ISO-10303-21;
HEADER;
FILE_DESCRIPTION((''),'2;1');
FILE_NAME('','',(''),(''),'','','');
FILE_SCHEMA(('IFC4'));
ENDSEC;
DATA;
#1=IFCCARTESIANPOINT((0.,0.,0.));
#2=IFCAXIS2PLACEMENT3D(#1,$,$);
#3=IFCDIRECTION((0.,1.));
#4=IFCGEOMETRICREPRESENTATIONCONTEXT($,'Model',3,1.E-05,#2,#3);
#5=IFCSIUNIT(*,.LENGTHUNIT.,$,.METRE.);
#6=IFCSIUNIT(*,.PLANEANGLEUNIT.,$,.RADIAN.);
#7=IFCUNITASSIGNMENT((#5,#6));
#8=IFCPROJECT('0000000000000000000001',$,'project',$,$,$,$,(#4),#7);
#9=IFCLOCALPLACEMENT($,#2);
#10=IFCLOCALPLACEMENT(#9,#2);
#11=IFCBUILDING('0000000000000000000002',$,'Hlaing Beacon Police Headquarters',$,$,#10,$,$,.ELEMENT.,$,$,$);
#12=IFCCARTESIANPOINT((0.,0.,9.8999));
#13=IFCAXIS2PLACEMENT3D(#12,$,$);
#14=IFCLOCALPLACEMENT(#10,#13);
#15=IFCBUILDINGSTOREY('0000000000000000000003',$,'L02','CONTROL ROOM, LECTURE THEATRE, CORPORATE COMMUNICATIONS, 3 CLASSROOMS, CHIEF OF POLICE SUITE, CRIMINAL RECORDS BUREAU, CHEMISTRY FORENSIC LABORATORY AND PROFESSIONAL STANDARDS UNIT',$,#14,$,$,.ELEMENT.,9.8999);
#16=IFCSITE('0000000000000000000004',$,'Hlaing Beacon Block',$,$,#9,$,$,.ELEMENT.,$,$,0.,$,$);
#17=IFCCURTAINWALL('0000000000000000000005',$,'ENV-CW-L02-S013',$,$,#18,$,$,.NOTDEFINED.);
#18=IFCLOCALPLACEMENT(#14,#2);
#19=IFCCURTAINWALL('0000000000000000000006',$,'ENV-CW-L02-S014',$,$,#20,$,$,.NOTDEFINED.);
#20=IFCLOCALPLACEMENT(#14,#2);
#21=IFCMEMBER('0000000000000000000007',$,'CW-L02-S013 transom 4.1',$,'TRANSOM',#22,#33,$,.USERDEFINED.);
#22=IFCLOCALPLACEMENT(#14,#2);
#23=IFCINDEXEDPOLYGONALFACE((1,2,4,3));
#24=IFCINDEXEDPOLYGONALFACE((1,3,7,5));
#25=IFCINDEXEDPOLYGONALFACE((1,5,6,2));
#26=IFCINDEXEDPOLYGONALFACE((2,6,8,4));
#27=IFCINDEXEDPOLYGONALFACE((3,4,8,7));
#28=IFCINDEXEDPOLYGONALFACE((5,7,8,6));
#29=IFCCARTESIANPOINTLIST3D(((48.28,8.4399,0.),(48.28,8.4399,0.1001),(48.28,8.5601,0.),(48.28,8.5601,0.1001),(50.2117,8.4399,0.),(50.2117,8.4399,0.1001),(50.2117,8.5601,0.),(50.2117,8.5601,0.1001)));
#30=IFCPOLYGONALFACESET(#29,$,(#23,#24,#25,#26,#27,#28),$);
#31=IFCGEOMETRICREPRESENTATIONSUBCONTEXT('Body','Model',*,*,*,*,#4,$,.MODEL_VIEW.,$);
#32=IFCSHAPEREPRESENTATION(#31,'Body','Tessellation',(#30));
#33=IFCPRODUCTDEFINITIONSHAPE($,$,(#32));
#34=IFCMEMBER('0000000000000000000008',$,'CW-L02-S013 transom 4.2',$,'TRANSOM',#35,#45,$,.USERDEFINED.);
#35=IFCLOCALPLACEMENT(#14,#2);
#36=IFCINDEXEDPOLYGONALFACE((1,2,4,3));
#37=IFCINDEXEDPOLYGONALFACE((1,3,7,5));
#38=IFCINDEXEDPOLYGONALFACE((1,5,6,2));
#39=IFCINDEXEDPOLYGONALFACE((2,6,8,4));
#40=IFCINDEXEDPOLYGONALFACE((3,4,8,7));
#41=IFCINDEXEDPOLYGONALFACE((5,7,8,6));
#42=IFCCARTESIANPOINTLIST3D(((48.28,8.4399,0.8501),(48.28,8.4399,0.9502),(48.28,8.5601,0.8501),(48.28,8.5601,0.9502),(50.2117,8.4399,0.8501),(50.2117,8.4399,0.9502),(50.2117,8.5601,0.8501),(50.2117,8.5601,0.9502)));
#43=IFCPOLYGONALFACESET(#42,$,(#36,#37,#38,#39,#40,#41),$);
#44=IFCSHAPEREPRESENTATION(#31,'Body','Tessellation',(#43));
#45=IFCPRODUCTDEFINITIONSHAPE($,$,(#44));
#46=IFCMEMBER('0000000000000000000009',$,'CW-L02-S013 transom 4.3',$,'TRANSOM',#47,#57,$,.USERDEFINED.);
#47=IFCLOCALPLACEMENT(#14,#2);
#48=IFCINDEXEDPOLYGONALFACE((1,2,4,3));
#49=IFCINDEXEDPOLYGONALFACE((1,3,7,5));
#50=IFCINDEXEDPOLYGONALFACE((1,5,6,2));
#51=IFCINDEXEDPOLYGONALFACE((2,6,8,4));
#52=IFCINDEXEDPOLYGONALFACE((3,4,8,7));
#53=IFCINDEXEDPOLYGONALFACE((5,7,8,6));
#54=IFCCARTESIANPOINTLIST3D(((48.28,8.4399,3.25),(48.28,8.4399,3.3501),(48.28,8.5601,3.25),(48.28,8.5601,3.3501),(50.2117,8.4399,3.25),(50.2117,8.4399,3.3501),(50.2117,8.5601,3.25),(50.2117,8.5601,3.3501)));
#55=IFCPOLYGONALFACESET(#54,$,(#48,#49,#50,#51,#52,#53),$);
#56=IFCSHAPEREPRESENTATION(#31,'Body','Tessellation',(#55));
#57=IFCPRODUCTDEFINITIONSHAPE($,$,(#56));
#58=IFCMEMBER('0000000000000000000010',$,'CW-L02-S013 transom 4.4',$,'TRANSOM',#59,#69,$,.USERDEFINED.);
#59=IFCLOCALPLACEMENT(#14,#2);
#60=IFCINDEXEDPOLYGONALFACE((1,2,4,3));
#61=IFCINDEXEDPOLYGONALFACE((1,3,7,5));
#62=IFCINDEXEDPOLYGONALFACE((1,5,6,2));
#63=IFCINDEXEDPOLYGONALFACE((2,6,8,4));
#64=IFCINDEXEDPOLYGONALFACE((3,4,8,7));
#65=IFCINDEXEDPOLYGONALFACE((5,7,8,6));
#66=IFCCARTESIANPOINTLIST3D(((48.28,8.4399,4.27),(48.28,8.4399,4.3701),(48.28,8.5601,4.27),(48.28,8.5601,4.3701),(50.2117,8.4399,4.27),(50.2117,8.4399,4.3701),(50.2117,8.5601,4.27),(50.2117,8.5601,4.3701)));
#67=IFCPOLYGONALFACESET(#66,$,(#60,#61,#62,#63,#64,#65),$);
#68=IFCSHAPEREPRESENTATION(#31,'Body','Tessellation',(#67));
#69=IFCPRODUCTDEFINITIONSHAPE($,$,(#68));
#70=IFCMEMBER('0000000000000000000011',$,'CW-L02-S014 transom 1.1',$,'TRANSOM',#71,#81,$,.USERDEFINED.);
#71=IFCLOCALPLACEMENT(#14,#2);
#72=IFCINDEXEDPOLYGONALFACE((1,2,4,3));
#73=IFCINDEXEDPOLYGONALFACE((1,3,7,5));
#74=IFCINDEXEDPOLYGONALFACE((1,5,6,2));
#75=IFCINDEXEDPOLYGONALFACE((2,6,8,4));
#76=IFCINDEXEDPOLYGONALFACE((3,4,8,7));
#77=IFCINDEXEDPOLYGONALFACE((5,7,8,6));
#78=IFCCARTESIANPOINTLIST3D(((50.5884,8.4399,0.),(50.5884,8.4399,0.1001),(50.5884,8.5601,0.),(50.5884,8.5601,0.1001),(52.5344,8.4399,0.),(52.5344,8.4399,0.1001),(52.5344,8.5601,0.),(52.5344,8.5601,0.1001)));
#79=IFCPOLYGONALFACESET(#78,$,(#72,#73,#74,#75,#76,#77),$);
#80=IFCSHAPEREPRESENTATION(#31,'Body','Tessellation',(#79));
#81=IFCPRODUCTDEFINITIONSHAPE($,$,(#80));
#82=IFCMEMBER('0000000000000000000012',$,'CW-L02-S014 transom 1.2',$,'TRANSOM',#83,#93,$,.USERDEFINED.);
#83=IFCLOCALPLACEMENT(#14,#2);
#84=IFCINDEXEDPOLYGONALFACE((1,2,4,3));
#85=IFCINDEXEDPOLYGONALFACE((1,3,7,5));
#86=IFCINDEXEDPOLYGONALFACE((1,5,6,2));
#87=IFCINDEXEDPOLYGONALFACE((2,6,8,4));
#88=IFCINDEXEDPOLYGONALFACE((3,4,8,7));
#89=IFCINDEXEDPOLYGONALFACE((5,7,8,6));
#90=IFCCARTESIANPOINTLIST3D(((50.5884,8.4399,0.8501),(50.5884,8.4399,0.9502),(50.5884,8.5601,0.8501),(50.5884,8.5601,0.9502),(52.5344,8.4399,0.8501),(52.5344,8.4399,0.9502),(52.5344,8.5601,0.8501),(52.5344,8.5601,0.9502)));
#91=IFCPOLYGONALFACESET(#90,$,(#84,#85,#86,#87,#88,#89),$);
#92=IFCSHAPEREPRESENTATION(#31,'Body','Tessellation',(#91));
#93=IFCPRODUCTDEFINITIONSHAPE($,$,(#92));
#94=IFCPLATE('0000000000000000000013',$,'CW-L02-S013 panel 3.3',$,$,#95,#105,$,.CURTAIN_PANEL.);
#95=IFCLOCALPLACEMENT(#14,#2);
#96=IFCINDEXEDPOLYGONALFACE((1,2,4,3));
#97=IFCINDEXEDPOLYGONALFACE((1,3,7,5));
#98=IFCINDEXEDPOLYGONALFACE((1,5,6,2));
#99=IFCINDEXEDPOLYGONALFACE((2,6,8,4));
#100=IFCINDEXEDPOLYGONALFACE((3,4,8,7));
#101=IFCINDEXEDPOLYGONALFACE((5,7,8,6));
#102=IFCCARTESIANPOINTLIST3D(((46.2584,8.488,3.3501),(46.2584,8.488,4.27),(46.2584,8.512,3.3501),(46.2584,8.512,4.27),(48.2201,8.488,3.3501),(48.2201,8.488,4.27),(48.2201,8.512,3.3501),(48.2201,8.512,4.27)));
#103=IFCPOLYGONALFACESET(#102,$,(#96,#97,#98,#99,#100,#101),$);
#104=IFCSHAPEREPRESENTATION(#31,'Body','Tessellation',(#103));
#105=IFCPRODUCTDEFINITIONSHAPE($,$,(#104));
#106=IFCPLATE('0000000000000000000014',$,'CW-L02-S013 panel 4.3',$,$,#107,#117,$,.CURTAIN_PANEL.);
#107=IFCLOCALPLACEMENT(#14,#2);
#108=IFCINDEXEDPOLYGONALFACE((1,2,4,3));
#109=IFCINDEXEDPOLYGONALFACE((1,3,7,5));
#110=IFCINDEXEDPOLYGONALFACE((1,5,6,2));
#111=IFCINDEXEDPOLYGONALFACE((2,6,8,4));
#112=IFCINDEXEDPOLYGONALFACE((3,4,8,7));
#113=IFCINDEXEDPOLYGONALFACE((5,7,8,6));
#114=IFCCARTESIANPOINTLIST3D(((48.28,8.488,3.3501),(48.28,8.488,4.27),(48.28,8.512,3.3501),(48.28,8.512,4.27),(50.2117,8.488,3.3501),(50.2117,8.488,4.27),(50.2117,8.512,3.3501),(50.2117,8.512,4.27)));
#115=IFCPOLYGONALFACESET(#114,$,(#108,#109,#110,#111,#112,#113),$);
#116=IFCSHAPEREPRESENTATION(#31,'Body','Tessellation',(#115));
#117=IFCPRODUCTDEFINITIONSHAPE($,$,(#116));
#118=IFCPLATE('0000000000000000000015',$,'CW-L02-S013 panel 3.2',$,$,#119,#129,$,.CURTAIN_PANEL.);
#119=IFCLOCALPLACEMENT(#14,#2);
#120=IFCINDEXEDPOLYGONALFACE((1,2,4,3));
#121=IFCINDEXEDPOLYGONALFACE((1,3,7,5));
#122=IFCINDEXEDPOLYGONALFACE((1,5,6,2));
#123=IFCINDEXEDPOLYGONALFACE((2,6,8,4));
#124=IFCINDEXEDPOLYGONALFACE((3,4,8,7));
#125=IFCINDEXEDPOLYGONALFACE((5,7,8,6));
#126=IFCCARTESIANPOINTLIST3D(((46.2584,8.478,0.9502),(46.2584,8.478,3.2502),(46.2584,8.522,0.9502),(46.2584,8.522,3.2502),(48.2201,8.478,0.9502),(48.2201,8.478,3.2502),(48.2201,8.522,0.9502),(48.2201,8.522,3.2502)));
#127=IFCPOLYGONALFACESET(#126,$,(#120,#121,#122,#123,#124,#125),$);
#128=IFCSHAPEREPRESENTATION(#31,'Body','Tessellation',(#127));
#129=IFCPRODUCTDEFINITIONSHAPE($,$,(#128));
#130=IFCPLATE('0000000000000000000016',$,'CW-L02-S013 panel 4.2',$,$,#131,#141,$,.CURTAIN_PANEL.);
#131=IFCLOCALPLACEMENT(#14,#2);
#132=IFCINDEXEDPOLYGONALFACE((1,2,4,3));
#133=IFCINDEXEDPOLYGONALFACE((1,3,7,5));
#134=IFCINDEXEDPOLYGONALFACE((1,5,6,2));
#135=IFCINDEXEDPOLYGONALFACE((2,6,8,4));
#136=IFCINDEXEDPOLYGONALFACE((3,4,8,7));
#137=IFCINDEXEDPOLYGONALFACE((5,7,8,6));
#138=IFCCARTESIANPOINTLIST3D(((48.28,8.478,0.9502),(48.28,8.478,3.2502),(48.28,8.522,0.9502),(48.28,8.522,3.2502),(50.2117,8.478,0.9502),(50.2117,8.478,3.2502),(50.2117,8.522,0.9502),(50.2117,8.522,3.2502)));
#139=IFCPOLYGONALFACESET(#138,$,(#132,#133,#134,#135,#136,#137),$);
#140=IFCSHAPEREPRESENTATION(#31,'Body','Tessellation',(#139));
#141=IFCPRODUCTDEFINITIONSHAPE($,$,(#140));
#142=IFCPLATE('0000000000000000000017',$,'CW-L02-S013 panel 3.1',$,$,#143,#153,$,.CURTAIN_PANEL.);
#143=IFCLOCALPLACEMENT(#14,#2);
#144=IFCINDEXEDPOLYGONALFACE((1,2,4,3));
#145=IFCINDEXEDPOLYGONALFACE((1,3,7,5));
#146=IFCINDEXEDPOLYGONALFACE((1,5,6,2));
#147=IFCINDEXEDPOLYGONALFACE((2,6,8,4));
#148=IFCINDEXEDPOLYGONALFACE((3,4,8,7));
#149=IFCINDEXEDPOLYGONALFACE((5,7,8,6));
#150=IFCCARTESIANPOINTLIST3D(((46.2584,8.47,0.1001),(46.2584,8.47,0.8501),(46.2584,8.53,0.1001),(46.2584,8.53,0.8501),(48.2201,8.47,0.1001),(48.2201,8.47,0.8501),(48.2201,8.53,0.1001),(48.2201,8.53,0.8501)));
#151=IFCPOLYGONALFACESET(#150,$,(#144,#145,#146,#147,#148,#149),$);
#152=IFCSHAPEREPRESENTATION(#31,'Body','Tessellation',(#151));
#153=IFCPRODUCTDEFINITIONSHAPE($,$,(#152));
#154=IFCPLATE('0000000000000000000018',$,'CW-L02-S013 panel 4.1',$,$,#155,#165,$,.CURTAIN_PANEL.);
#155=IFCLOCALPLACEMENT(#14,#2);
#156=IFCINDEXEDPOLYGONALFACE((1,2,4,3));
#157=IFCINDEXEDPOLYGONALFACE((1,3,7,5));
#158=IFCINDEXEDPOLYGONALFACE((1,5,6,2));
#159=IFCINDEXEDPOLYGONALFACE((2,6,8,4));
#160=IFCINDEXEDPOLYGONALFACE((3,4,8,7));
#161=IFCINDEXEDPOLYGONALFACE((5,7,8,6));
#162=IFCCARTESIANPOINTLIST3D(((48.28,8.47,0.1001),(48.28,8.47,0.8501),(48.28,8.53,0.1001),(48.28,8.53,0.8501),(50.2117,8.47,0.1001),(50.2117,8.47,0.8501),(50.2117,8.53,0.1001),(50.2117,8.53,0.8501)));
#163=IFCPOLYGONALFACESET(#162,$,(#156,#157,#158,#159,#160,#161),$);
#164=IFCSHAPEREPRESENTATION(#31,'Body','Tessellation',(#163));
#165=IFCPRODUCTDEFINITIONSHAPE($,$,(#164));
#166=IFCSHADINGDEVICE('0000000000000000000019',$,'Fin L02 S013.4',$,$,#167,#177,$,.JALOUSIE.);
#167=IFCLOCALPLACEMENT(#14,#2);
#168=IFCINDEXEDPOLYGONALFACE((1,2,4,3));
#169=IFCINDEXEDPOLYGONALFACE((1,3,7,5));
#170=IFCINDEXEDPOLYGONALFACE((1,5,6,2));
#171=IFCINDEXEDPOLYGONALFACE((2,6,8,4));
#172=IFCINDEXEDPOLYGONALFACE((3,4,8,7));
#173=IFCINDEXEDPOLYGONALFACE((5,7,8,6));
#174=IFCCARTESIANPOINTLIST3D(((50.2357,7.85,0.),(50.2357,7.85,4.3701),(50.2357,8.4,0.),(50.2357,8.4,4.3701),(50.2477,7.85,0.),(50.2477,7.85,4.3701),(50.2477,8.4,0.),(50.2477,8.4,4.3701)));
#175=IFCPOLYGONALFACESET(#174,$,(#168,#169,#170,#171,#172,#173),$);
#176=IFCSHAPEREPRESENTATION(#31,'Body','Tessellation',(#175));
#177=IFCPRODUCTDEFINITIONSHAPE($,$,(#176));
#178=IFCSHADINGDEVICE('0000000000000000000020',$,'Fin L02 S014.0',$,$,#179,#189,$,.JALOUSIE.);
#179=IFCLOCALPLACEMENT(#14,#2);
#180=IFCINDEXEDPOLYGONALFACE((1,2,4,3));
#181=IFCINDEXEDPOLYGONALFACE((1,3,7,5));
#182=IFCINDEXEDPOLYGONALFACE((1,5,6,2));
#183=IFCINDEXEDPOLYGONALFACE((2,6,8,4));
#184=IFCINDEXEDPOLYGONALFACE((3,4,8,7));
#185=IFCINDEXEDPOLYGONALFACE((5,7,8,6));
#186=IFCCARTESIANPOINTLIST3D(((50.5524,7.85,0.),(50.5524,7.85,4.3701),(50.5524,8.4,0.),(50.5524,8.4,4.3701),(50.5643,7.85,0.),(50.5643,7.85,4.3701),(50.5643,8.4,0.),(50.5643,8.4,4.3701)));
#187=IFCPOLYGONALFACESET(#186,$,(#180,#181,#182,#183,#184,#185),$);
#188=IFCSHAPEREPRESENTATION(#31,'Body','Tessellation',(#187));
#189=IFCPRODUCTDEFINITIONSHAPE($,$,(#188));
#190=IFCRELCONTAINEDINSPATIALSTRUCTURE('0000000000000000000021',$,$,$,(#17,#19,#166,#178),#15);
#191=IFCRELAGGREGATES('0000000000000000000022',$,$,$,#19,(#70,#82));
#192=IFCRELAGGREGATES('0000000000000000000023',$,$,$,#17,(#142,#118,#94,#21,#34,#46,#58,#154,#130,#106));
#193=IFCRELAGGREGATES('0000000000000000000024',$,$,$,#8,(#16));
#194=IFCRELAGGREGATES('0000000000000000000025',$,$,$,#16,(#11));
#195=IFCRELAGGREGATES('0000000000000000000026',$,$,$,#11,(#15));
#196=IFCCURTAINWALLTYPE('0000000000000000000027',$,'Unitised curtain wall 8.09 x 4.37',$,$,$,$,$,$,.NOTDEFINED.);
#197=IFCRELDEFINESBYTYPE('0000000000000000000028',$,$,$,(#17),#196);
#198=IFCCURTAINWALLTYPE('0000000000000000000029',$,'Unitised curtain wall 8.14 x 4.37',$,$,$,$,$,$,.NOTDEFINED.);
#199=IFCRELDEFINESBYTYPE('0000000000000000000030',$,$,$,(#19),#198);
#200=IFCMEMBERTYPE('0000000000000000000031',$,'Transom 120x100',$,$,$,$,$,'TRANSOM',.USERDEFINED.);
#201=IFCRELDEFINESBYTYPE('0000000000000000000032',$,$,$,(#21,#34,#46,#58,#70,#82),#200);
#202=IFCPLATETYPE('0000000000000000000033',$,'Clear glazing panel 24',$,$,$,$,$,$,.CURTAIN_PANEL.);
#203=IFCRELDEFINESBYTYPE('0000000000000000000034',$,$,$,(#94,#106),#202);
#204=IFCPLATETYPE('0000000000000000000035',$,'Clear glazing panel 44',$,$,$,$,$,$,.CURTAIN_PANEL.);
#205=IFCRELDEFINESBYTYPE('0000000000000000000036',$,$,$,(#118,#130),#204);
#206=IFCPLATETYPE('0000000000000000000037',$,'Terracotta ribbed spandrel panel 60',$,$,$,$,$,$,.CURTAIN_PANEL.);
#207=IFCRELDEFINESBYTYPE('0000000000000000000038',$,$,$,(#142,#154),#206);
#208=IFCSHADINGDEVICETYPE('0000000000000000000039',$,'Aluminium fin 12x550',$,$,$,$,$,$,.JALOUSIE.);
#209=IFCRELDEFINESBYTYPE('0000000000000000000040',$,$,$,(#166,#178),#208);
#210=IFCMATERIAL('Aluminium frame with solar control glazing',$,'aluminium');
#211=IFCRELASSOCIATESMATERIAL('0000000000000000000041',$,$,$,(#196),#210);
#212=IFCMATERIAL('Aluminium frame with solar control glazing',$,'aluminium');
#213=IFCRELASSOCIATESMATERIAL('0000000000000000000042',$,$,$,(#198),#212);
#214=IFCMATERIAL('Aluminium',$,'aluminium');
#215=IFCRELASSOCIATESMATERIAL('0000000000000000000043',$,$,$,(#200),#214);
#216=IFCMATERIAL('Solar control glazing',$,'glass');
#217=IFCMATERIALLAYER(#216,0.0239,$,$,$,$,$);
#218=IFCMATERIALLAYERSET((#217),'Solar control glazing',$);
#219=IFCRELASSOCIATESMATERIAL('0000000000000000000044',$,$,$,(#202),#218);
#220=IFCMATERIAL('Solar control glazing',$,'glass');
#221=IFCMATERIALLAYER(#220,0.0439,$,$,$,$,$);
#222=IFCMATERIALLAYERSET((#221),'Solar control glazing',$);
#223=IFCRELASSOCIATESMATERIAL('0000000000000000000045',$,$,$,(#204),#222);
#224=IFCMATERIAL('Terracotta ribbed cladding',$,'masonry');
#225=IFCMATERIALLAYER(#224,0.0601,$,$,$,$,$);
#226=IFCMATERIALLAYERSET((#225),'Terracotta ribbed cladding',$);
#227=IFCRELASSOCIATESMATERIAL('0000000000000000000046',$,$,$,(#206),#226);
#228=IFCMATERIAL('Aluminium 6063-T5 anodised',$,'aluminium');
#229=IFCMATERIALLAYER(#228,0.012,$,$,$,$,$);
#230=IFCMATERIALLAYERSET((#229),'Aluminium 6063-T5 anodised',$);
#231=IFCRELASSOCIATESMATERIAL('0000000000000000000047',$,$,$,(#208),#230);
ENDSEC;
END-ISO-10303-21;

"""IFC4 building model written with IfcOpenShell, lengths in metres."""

from ifc_helpers import new_model, si_unit, direction, frame, origin, origin_2d, place, context, subcontext, project, spatial, rectangle, extrude, material, layer, layer_set, material_profile, profile_set, type_object, element, aggregate, save


model = new_model("IFC4")

# Units and contexts
model_context = context("Model", 3, precision=1e-05, world=origin(), true_north=direction((0.0, 1.0)))
body_context = subcontext(model_context, "Body", "Model", "MODEL_VIEW")
ifc_project = project(units=[si_unit("LENGTHUNIT", "METRE"), si_unit("PLANEANGLEUNIT", "RADIAN")], contexts=[model_context])

# Site, building, storey
site_placement = place(None, origin())
site = spatial("IfcSite", under=ifc_project, at=site_placement, Name="Hlaing Beacon Block", CompositionType="ELEMENT", RefElevation=0.0)
building_placement = place(site_placement, origin())
building = spatial("IfcBuilding", under=site, at=building_placement, Name="Hlaing Beacon Police Headquarters", CompositionType="ELEMENT")
storey_placement = place(building_placement, frame((0.0, 0.0, 9.8999)))
storey = spatial("IfcBuildingStorey", under=building, at=storey_placement, Name="L02", Description="CONTROL ROOM, LECTURE THEATRE, CORPORATE COMMUNICATIONS, 3 CLASSROOMS, CHIEF OF POLICE SUITE, CRIMINAL RECORDS BUREAU, CHEMISTRY FORENSIC LABORATORY AND PROFESSIONAL STANDARDS UNIT", CompositionType="ELEMENT", Elevation=9.8999)

# Curtain wall
ifc_material_1 = material(Name="Aluminium frame with solar control glazing", Category="aluminium")
curtain_wall_type_1 = type_object("IfcCurtainWallType", Name="Unitised curtain wall 8.09 x 4.37", PredefinedType="NOTDEFINED", material=ifc_material_1)
curtain_wall_1_placement = place(storey_placement, origin())
curtain_wall_1 = element("IfcCurtainWall", 1, at=curtain_wall_1_placement, inside=storey, type_object=curtain_wall_type_1, Name="ENV-CW-L02-S013", PredefinedType="NOTDEFINED")

# Curtain wall
ifc_material_2 = material(Name="Aluminium frame with solar control glazing", Category="aluminium")
curtain_wall_type_2 = type_object("IfcCurtainWallType", Name="Unitised curtain wall 8.14 x 4.37", PredefinedType="NOTDEFINED", material=ifc_material_2)
curtain_wall_2_placement = place(storey_placement, origin())
curtain_wall_2 = element("IfcCurtainWall", 2, at=curtain_wall_2_placement, inside=storey, type_object=curtain_wall_type_2, Name="ENV-CW-L02-S014", PredefinedType="NOTDEFINED")

# Members
ifc_material_3 = material(Name="Aluminium", Category="aluminium")
ifc_material_profile_1 = material_profile(ifc_material_3, rectangle(XDim=0.1201, YDim=0.1001, at=origin_2d()), Name="Transom 120x100")
ifc_profile_set_1 = profile_set([ifc_material_profile_1], Name="Aluminium")
member_type_1 = type_object("IfcMemberType", Name="Transom 120x100", ElementType="TRANSOM", PredefinedType="USERDEFINED", material=ifc_profile_set_1)
member_1_placement = place(storey_placement, frame((48.28, 8.5, 0.05), z_axis=(1.0, 0.0, 0.0), x_axis=(0.0, 1.0, 0.0)))
member_1 = element("IfcMember", 3, at=member_1_placement, type_object=member_type_1, Name="CW-L02-S013 transom 4.1", ObjectType="TRANSOM", PredefinedType="USERDEFINED", context=body_context, shape_type="SweptSolid", body=[
    extrude(rectangle(XDim=0.1201, YDim=0.1001, at=origin_2d()), origin(), (0.0, 0.0, 1.0), 1.9316),
])
member_2_placement = place(storey_placement, frame((48.28, 8.5, 0.9001), z_axis=(1.0, 0.0, 0.0), x_axis=(0.0, 1.0, 0.0)))
member_2 = element("IfcMember", 4, at=member_2_placement, type_object=member_type_1, Name="CW-L02-S013 transom 4.2", ObjectType="TRANSOM", PredefinedType="USERDEFINED", context=body_context, shape_type="SweptSolid", body=[
    extrude(rectangle(XDim=0.1201, YDim=0.1001, at=origin_2d()), origin(), (0.0, 0.0, 1.0), 1.9316),
])
member_3_placement = place(storey_placement, frame((48.28, 8.5, 3.3), z_axis=(1.0, 0.0, 0.0), x_axis=(0.0, 1.0, 0.0)))
member_3 = element("IfcMember", 5, at=member_3_placement, type_object=member_type_1, Name="CW-L02-S013 transom 4.3", ObjectType="TRANSOM", PredefinedType="USERDEFINED", context=body_context, shape_type="SweptSolid", body=[
    extrude(rectangle(XDim=0.1201, YDim=0.1001, at=origin_2d()), origin(), (0.0, 0.0, 1.0), 1.9316),
])
member_4_placement = place(storey_placement, frame((48.28, 8.5, 4.3201), z_axis=(1.0, 0.0, 0.0), x_axis=(0.0, 1.0, 0.0)))
member_4 = element("IfcMember", 6, at=member_4_placement, type_object=member_type_1, Name="CW-L02-S013 transom 4.4", ObjectType="TRANSOM", PredefinedType="USERDEFINED", context=body_context, shape_type="SweptSolid", body=[
    extrude(rectangle(XDim=0.1201, YDim=0.1001, at=origin_2d()), origin(), (0.0, 0.0, 1.0), 1.9316),
])
member_5_placement = place(storey_placement, frame((50.5884, 8.5, 0.05), z_axis=(1.0, 0.0, 0.0), x_axis=(0.0, 1.0, 0.0)))
member_5 = element("IfcMember", 7, at=member_5_placement, type_object=member_type_1, Name="CW-L02-S014 transom 1.1", ObjectType="TRANSOM", PredefinedType="USERDEFINED", context=body_context, shape_type="SweptSolid", body=[
    extrude(rectangle(XDim=0.1201, YDim=0.1001, at=origin_2d()), origin(), (0.0, 0.0, 1.0), 1.946),
])
member_6_placement = place(storey_placement, frame((50.5884, 8.5, 0.9001), z_axis=(1.0, 0.0, 0.0), x_axis=(0.0, 1.0, 0.0)))
member_6 = element("IfcMember", 8, at=member_6_placement, type_object=member_type_1, Name="CW-L02-S014 transom 1.2", ObjectType="TRANSOM", PredefinedType="USERDEFINED", context=body_context, shape_type="SweptSolid", body=[
    extrude(rectangle(XDim=0.1201, YDim=0.1001, at=origin_2d()), origin(), (0.0, 0.0, 1.0), 1.946),
])
aggregate(curtain_wall_2, [member_5, member_6])

# Plates
ifc_material_4 = material(Name="Solar control glazing", Category="glass")
ifc_layer_1 = layer(ifc_material_4, 0.0239)
ifc_layer_set_1 = layer_set([ifc_layer_1], Name="Solar control glazing")
plate_type_1 = type_object("IfcPlateType", Name="Clear glazing panel 24", PredefinedType="CURTAIN_PANEL", material=ifc_layer_set_1)
plate_1_placement = place(storey_placement, frame((47.2393, 8.5, 3.3501), z_axis=(0.0, 0.0, 1.0), x_axis=(1.0, 0.0, 0.0)))
plate_1 = element("IfcPlate", 9, at=plate_1_placement, type_object=plate_type_1, Name="CW-L02-S013 panel 3.3", PredefinedType="CURTAIN_PANEL", context=body_context, shape_type="SweptSolid", body=[
    extrude(rectangle(XDim=1.9617, YDim=0.0239, at=origin_2d()), origin(), (0.0, 0.0, 1.0), 0.9199),
])
plate_2_placement = place(storey_placement, frame((49.2458, 8.5, 3.3501), z_axis=(0.0, 0.0, 1.0), x_axis=(1.0, 0.0, 0.0)))
plate_2 = element("IfcPlate", 10, at=plate_2_placement, type_object=plate_type_1, Name="CW-L02-S013 panel 4.3", PredefinedType="CURTAIN_PANEL", context=body_context, shape_type="SweptSolid", body=[
    extrude(rectangle(XDim=1.9316, YDim=0.0239, at=origin_2d()), origin(), (0.0, 0.0, 1.0), 0.9199),
])
ifc_material_5 = material(Name="Solar control glazing", Category="glass")
ifc_layer_2 = layer(ifc_material_5, 0.0439)
ifc_layer_set_2 = layer_set([ifc_layer_2], Name="Solar control glazing")
plate_type_2 = type_object("IfcPlateType", Name="Clear glazing panel 44", PredefinedType="CURTAIN_PANEL", material=ifc_layer_set_2)
plate_3_placement = place(storey_placement, frame((47.2393, 8.5, 0.9502), z_axis=(0.0, 0.0, 1.0), x_axis=(1.0, 0.0, 0.0)))
plate_3 = element("IfcPlate", 11, at=plate_3_placement, type_object=plate_type_2, Name="CW-L02-S013 panel 3.2", PredefinedType="CURTAIN_PANEL", context=body_context, shape_type="SweptSolid", body=[
    extrude(rectangle(XDim=1.9617, YDim=0.0439, at=origin_2d()), origin(), (0.0, 0.0, 1.0), 2.3),
])
plate_4_placement = place(storey_placement, frame((49.2458, 8.5, 0.9502), z_axis=(0.0, 0.0, 1.0), x_axis=(1.0, 0.0, 0.0)))
plate_4 = element("IfcPlate", 12, at=plate_4_placement, type_object=plate_type_2, Name="CW-L02-S013 panel 4.2", PredefinedType="CURTAIN_PANEL", context=body_context, shape_type="SweptSolid", body=[
    extrude(rectangle(XDim=1.9316, YDim=0.0439, at=origin_2d()), origin(), (0.0, 0.0, 1.0), 2.3),
])
ifc_material_6 = material(Name="Terracotta ribbed cladding", Category="masonry")
ifc_layer_3 = layer(ifc_material_6, 0.0601)
ifc_layer_set_3 = layer_set([ifc_layer_3], Name="Terracotta ribbed cladding")
plate_type_3 = type_object("IfcPlateType", Name="Terracotta ribbed spandrel panel 60", PredefinedType="CURTAIN_PANEL", material=ifc_layer_set_3)
plate_5_placement = place(storey_placement, frame((47.2393, 8.5, 0.1001), z_axis=(0.0, 0.0, 1.0), x_axis=(1.0, 0.0, 0.0)))
plate_5 = element("IfcPlate", 13, at=plate_5_placement, type_object=plate_type_3, Name="CW-L02-S013 panel 3.1", PredefinedType="CURTAIN_PANEL", context=body_context, shape_type="SweptSolid", body=[
    extrude(rectangle(XDim=1.9617, YDim=0.0601, at=origin_2d()), origin(), (0.0, 0.0, 1.0), 0.75),
])
plate_6_placement = place(storey_placement, frame((49.2458, 8.5, 0.1001), z_axis=(0.0, 0.0, 1.0), x_axis=(1.0, 0.0, 0.0)))
plate_6 = element("IfcPlate", 14, at=plate_6_placement, type_object=plate_type_3, Name="CW-L02-S013 panel 4.1", PredefinedType="CURTAIN_PANEL", context=body_context, shape_type="SweptSolid", body=[
    extrude(rectangle(XDim=1.9316, YDim=0.0601, at=origin_2d()), origin(), (0.0, 0.0, 1.0), 0.75),
])
aggregate(curtain_wall_1, [plate_5, plate_3, plate_1, member_1, member_2, member_3, member_4, plate_6, plate_4, plate_2])

# Shading devices
ifc_material_7 = material(Name="Aluminium 6063-T5 anodised", Category="aluminium")
ifc_layer_4 = layer(ifc_material_7, 0.012)
ifc_layer_set_4 = layer_set([ifc_layer_4], Name="Aluminium 6063-T5 anodised")
shading_device_type = type_object("IfcShadingDeviceType", Name="Aluminium fin 12x550", PredefinedType="JALOUSIE", material=ifc_layer_set_4)
for number, where, z_axis, x_axis, name in (
    (15, (50.2417, 8.125, 0.0), (0.0, 0.0, 1.0), (1.0, 0.0, 0.0), "Fin L02 S013.4"),
    (16, (50.5583, 8.125, 0.0), (0.0, 0.0, 1.0), (1.0, 0.0, 0.0), "Fin L02 S014.0"),
):
    element("IfcShadingDevice", number, at=place(storey_placement, frame(where, z_axis=z_axis, x_axis=x_axis)), inside=storey, type_object=shading_device_type, Name=name, PredefinedType="JALOUSIE", context=body_context, shape_type="SweptSolid", body=[
        extrude(rectangle(XDim=0.012, YDim=0.55, at=origin_2d()), origin(), (0.0, 0.0, 1.0), 4.3701),
    ])

save(model, "model.ifc")
